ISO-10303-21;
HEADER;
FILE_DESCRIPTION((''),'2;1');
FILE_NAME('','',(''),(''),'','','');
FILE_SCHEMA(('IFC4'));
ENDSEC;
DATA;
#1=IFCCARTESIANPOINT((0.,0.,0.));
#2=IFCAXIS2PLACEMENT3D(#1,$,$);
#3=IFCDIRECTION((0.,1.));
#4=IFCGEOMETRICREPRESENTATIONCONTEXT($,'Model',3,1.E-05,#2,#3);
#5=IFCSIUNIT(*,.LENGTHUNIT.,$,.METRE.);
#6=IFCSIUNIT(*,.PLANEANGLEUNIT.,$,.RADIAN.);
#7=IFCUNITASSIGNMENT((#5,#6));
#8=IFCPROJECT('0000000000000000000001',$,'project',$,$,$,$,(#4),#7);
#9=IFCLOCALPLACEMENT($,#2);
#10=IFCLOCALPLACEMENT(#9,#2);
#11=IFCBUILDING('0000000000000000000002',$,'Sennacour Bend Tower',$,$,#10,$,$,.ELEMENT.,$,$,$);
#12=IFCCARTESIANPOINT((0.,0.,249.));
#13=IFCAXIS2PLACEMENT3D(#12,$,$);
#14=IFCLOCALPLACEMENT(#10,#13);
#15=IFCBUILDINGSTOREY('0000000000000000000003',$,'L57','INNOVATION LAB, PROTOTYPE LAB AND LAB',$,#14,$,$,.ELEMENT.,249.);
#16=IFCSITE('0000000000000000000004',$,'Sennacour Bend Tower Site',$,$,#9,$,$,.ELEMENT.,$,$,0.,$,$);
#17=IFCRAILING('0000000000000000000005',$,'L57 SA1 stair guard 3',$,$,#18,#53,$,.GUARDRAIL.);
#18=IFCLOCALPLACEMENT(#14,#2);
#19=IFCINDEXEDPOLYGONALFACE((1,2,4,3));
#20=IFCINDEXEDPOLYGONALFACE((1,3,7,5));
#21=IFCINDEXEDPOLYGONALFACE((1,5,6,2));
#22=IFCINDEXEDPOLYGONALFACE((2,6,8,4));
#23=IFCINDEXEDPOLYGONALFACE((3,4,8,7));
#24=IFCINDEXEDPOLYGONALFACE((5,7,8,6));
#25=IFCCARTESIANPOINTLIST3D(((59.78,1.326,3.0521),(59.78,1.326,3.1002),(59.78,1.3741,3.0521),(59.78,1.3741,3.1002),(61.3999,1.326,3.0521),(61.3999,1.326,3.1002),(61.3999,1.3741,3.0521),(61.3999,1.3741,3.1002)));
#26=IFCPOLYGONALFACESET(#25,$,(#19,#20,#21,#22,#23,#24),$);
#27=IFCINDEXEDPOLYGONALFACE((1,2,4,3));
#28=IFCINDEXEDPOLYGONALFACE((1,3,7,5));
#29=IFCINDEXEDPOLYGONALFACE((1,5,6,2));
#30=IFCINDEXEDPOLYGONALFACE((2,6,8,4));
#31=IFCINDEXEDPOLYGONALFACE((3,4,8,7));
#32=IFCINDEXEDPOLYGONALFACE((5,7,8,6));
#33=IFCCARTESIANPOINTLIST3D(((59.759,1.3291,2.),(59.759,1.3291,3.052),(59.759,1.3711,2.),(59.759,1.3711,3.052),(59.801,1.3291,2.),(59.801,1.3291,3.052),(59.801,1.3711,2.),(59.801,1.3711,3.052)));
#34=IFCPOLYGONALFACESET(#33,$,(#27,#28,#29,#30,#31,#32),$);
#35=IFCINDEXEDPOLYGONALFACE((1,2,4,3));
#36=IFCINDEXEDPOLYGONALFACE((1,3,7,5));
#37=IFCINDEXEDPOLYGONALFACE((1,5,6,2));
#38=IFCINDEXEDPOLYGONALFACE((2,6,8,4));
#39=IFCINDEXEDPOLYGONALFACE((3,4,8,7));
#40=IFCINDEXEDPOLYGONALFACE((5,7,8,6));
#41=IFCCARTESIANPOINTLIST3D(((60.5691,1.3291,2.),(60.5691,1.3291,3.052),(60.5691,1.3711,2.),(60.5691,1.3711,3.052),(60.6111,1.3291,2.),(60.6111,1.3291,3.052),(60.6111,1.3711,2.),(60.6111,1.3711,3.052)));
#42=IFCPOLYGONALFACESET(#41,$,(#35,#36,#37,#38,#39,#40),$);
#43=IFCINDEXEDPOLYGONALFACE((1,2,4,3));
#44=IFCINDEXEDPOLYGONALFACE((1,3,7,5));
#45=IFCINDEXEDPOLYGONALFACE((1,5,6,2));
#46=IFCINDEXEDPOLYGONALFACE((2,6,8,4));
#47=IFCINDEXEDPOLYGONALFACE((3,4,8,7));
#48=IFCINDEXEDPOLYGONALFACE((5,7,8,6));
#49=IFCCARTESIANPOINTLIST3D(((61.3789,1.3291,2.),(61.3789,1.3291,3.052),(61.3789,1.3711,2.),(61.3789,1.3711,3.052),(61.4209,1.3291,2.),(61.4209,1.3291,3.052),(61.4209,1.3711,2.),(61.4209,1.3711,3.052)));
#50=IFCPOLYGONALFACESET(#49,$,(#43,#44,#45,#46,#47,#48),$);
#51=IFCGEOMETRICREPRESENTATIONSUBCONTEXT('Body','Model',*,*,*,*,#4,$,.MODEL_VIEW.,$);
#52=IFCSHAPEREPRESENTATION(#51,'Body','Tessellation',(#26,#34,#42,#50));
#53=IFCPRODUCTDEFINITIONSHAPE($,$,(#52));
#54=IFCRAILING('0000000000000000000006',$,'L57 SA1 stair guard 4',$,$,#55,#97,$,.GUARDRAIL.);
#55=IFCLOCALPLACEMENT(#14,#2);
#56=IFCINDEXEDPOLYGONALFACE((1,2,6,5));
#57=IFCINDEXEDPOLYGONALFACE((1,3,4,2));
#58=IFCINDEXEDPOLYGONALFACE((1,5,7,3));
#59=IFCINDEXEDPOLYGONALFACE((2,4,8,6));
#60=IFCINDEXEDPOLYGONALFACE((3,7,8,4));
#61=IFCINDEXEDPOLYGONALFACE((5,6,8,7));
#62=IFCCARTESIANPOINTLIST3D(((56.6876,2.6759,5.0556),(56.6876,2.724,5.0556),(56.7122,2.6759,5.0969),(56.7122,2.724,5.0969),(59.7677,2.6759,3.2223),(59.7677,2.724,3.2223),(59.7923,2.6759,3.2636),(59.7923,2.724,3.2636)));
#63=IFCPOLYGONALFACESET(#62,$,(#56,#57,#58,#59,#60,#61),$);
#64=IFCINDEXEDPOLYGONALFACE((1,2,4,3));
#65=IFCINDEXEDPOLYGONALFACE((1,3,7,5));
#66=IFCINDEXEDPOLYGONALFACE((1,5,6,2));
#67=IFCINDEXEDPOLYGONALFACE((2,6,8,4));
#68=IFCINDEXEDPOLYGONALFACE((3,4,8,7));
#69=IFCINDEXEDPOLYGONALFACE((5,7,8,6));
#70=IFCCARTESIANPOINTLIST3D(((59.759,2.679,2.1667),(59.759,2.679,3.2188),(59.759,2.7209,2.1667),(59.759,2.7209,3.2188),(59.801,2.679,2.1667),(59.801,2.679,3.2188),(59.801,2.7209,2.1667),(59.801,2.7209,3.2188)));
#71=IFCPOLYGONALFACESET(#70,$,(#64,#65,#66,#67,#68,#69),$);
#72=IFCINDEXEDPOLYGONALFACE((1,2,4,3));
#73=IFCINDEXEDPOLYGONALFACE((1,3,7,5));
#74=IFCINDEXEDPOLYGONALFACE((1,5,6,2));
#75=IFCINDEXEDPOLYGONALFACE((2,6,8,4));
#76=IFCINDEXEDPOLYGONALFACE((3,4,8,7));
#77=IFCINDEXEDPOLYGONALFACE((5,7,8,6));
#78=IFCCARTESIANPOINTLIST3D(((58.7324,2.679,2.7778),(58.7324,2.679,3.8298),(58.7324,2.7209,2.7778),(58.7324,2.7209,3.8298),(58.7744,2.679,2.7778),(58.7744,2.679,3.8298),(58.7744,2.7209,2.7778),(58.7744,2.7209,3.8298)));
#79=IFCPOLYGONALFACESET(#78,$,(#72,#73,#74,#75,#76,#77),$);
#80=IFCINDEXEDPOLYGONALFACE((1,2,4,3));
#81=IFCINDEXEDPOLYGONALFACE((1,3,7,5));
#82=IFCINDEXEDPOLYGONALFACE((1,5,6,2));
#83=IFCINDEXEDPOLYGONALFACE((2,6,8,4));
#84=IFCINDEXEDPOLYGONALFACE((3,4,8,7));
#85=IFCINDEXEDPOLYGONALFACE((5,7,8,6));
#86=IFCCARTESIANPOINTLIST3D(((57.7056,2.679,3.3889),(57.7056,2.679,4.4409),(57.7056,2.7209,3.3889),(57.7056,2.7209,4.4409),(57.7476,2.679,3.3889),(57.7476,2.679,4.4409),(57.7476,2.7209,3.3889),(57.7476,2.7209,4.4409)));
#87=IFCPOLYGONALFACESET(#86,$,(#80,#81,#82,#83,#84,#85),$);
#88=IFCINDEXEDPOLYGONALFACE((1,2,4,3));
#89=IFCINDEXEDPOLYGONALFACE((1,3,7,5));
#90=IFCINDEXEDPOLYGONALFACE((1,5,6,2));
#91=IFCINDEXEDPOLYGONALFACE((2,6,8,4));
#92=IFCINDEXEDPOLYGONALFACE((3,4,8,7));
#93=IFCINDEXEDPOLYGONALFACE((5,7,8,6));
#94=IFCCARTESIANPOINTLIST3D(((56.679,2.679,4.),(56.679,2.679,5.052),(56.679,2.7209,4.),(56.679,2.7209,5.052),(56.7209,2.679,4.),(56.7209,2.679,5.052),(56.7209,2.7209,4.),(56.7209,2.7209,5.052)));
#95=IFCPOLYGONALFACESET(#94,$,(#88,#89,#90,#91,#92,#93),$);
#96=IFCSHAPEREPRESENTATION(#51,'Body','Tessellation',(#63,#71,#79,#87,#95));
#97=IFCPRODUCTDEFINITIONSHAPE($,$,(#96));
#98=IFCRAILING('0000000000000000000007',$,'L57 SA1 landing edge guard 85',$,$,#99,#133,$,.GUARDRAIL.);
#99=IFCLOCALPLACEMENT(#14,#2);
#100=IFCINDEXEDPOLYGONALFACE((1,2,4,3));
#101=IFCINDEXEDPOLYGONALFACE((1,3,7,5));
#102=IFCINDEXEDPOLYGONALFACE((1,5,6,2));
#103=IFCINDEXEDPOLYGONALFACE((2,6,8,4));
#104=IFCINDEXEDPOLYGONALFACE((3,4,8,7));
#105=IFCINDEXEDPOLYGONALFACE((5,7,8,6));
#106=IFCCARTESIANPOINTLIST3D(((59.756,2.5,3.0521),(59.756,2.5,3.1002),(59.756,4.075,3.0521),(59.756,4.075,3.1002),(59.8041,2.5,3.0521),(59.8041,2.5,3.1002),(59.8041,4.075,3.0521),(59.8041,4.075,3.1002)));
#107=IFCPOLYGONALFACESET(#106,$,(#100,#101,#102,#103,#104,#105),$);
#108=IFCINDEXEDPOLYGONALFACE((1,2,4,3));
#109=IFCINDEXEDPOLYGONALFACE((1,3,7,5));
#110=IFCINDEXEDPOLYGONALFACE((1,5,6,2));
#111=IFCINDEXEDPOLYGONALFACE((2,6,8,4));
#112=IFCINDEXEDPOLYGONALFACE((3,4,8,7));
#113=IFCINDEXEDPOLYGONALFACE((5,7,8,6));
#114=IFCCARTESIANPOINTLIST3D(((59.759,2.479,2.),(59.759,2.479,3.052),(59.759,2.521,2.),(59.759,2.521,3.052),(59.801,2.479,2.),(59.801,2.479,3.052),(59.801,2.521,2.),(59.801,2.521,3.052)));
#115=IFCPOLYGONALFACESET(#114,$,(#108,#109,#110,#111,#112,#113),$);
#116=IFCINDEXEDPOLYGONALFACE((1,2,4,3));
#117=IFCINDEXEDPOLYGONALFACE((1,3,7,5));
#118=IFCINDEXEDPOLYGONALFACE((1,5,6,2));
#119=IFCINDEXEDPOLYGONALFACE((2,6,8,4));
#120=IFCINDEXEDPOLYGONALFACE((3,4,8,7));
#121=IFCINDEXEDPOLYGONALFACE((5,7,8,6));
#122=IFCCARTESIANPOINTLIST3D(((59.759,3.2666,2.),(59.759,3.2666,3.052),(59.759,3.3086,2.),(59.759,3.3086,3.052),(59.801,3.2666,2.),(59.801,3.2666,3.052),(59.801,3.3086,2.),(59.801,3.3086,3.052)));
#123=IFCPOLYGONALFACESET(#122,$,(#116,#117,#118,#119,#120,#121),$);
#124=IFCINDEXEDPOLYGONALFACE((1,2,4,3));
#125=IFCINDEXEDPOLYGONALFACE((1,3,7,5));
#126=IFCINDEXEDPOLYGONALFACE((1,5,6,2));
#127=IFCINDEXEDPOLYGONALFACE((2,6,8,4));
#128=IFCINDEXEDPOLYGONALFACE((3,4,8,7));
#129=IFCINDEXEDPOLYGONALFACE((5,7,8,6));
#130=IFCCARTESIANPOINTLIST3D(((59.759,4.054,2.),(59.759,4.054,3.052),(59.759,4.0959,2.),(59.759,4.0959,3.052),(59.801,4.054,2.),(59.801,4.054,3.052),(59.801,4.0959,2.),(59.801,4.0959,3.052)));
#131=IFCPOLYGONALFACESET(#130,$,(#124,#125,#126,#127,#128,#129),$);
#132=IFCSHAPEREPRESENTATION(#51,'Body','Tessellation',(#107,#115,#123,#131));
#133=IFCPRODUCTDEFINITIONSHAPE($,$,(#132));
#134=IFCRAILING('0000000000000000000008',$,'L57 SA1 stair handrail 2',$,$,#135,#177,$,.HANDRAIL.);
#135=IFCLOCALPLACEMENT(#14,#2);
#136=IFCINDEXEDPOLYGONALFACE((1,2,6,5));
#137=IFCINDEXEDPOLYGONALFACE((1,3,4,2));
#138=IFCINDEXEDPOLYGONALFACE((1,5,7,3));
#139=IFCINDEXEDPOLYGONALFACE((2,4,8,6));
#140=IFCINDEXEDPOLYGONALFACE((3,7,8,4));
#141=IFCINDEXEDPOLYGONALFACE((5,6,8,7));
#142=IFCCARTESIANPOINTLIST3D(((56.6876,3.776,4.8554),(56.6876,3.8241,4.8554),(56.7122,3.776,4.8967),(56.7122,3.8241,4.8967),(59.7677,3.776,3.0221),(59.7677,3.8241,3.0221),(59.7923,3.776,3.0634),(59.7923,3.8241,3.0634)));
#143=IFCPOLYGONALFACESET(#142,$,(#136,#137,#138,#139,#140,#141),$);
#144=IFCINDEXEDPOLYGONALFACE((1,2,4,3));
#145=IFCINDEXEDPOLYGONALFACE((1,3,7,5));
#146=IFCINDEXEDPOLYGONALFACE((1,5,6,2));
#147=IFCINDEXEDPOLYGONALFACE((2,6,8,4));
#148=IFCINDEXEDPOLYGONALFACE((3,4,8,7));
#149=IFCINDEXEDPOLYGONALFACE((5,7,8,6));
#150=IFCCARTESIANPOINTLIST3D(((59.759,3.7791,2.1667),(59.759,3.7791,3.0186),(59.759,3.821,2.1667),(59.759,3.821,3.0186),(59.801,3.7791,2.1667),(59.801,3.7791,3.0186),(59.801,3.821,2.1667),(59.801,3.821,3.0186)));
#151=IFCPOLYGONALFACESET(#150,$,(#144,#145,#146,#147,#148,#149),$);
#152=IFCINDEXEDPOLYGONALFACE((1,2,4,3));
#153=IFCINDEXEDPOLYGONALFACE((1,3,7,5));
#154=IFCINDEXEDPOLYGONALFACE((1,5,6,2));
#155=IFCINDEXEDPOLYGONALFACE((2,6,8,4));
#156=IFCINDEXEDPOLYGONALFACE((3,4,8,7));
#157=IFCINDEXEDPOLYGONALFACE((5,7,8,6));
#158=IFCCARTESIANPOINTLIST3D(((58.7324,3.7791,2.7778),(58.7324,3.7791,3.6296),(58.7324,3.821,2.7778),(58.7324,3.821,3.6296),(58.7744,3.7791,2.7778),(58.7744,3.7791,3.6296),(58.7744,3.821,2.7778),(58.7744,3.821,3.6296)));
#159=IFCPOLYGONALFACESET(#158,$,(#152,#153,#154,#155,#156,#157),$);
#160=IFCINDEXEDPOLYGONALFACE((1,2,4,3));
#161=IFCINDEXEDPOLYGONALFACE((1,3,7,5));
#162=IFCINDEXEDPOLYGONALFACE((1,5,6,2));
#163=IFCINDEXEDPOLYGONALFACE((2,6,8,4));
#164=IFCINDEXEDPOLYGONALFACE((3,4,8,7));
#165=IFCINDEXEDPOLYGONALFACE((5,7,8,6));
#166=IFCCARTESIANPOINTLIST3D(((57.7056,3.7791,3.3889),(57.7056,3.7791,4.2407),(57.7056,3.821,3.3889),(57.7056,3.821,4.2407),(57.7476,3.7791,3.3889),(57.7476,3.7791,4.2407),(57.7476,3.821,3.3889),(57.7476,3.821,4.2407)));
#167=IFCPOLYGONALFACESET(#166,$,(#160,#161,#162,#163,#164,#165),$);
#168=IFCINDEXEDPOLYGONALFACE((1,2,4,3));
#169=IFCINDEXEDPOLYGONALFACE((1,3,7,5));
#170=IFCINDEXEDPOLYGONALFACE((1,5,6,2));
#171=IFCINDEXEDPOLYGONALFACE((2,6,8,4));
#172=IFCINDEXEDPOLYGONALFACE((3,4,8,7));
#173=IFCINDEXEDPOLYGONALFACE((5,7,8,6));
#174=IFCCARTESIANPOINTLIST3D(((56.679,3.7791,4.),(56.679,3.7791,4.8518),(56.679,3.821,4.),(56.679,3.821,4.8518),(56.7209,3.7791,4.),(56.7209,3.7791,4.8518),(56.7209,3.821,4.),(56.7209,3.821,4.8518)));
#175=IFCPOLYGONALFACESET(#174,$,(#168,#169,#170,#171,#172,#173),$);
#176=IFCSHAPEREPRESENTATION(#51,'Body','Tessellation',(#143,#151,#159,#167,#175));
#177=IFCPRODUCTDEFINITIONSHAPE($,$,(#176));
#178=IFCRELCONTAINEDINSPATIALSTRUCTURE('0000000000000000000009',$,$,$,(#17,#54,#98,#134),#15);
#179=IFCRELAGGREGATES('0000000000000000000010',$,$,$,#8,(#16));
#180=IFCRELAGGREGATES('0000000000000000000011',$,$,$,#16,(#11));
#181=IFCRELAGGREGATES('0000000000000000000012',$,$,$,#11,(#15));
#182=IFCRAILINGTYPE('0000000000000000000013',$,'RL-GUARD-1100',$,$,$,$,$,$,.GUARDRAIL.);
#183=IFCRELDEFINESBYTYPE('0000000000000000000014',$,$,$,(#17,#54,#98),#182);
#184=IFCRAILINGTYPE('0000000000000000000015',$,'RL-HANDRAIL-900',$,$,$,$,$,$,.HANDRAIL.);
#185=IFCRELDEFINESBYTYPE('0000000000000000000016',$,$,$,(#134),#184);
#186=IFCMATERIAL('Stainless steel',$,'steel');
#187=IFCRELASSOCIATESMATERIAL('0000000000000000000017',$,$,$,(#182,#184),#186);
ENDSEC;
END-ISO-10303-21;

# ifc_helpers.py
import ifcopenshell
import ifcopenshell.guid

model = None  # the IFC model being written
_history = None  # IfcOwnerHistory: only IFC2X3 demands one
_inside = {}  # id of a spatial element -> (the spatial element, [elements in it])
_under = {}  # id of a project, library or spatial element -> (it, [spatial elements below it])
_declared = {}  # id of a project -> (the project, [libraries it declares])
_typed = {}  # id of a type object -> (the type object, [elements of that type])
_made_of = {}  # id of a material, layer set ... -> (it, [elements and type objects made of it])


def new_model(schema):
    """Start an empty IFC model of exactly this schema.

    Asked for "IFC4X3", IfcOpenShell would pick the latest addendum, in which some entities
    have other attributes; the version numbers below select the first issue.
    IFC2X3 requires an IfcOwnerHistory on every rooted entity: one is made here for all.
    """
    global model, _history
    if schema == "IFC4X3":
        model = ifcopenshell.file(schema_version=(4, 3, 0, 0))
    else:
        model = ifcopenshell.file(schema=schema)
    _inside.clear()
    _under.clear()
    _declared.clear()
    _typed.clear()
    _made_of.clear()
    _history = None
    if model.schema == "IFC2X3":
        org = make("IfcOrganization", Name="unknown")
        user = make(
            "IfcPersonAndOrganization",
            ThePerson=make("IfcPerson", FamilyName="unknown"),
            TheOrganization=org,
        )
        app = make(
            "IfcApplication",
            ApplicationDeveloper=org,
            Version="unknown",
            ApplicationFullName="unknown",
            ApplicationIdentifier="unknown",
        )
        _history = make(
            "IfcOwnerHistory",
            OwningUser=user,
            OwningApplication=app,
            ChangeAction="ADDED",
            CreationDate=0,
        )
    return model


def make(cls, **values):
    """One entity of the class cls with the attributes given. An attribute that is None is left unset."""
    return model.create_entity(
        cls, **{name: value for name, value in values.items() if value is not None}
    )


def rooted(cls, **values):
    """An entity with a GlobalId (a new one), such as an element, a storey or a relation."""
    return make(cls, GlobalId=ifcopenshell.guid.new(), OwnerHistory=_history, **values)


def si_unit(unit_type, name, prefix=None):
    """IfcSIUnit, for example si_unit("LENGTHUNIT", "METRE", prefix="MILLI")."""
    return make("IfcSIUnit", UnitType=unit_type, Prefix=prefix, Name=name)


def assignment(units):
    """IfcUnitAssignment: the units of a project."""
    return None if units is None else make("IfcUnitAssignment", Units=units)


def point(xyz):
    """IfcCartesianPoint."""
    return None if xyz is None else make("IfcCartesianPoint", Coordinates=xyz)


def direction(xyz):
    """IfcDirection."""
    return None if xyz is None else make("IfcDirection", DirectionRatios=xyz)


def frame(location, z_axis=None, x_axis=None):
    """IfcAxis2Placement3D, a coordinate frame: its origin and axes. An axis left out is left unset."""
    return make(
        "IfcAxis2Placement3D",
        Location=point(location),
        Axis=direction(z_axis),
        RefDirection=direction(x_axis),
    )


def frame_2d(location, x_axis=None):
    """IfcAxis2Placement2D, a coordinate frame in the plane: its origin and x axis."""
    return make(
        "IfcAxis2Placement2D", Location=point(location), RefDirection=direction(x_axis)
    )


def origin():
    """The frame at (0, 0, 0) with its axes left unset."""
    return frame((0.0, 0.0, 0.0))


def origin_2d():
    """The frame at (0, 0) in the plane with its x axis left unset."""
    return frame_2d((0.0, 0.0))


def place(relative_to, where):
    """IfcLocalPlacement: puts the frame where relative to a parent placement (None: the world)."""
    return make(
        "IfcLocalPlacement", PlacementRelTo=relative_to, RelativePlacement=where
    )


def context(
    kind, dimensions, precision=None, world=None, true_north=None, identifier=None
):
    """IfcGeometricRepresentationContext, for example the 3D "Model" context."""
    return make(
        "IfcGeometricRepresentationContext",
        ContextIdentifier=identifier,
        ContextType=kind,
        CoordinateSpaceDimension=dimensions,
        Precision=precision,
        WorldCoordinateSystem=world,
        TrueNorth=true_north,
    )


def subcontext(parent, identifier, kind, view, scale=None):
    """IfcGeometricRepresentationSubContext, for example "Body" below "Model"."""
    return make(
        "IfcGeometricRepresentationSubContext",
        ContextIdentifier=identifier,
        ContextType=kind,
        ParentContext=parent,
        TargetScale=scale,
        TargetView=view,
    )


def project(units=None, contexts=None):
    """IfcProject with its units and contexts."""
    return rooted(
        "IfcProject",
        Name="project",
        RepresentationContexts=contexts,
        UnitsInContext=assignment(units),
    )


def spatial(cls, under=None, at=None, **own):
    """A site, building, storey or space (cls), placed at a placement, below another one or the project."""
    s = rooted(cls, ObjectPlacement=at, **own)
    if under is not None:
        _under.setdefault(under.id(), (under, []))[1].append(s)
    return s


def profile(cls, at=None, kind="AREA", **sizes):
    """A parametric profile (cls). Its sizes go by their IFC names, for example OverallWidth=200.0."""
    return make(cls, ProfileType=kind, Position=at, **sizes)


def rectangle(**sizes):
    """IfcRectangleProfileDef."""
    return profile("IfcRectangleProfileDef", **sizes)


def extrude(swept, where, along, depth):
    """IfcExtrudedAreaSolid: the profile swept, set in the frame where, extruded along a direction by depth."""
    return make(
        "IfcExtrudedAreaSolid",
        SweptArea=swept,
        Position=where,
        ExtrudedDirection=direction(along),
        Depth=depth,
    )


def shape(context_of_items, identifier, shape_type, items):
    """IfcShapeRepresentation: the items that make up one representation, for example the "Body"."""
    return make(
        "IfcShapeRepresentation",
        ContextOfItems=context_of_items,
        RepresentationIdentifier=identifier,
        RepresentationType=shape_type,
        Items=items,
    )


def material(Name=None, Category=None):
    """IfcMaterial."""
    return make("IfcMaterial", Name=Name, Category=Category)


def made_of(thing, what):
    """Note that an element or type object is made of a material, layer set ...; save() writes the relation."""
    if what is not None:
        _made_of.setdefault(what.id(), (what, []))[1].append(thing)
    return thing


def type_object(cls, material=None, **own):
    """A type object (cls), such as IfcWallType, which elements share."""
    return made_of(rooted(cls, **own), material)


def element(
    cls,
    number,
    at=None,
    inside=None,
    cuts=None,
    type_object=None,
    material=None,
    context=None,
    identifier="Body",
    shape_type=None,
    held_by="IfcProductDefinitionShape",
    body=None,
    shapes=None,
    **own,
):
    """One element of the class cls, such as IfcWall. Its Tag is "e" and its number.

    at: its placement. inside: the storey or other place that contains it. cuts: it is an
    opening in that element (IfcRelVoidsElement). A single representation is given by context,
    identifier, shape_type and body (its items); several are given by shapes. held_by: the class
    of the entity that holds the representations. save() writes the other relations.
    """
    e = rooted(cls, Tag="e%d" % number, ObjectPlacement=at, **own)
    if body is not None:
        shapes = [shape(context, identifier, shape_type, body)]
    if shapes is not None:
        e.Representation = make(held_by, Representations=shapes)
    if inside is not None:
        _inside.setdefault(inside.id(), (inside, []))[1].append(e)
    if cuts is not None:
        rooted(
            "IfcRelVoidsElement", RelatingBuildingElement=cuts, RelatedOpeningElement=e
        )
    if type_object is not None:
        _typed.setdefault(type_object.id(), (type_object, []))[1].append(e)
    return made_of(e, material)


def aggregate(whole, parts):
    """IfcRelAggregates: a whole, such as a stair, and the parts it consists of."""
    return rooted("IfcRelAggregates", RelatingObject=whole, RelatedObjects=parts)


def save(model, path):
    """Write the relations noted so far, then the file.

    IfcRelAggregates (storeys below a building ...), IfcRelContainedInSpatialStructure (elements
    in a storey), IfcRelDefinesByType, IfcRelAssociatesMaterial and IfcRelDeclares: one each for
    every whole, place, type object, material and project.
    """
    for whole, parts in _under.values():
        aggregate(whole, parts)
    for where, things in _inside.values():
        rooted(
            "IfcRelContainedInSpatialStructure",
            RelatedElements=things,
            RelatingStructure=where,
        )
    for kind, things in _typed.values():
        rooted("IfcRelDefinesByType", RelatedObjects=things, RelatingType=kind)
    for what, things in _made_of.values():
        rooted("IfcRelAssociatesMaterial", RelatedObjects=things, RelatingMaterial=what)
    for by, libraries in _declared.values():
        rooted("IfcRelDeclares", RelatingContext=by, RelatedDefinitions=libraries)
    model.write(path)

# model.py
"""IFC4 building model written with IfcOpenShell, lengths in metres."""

from ifc_helpers import new_model, si_unit, direction, frame, origin, origin_2d, place, context, subcontext, project, spatial, rectangle, extrude, material, type_object, element, save


model = new_model("IFC4")

# Units and contexts
model_context = context("Model", 3, precision=1e-05, world=origin(), true_north=direction((0.0, 1.0)))
body_context = subcontext(model_context, "Body", "Model", "MODEL_VIEW")
ifc_project = project(units=[si_unit("LENGTHUNIT", "METRE"), si_unit("PLANEANGLEUNIT", "RADIAN")], contexts=[model_context])

# Site, building, storey
site_placement = place(None, origin())
site = spatial("IfcSite", under=ifc_project, at=site_placement, Name="Sennacour Bend Tower Site", CompositionType="ELEMENT", RefElevation=0.0)
building_placement = place(site_placement, origin())
building = spatial("IfcBuilding", under=site, at=building_placement, Name="Sennacour Bend Tower", CompositionType="ELEMENT")
storey_placement = place(building_placement, frame((0.0, 0.0, 249.0)))
storey = spatial("IfcBuildingStorey", under=building, at=storey_placement, Name="L57", Description="INNOVATION LAB, PROTOTYPE LAB AND LAB", CompositionType="ELEMENT", Elevation=249.0)

# Shared definitions
ifc_material_1 = material(Name="Stainless steel", Category="steel")

# Railings
railing_type_1 = type_object("IfcRailingType", Name="RL-GUARD-1100", PredefinedType="GUARDRAIL", material=ifc_material_1)
railing_1_placement = place(storey_placement, frame((59.78, 1.3501, 2.0)))
element("IfcRailing", 1, at=railing_1_placement, inside=storey, type_object=railing_type_1, Name="L57 SA1 stair guard 3", PredefinedType="GUARDRAIL", context=body_context, shape_type="SweptSolid", body=[
    extrude(rectangle(XDim=0.0481, YDim=0.0481, at=origin_2d()), frame((0.0, 0.0, 1.0762), z_axis=(1.0, 0.0, 0.0), x_axis=(0.0, 1.0, 0.0)), (0.0, 0.0, 1.0), 1.6199),
    extrude(rectangle(XDim=0.042, YDim=0.042, at=origin_2d()), origin(), (0.0, 0.0, 1.0), 1.052),
    extrude(rectangle(XDim=0.042, YDim=0.042, at=origin_2d()), frame((0.8101, 0.0, 0.0)), (0.0, 0.0, 1.0), 1.052),
    extrude(rectangle(XDim=0.042, YDim=0.042, at=origin_2d()), frame((1.6199, 0.0, 0.0)), (0.0, 0.0, 1.0), 1.052),
])
railing_2_placement = place(storey_placement, frame((59.78, 2.7, 2.1667)))
element("IfcRailing", 2, at=railing_2_placement, inside=storey, type_object=railing_type_1, Name="L57 SA1 stair guard 4", PredefinedType="GUARDRAIL", context=body_context, shape_type="SweptSolid", body=[
    extrude(rectangle(XDim=0.0481, YDim=0.0481, at=origin_2d()), frame((0.0, 0.0, 1.0762), z_axis=(-0.859309, 0.0, 0.511458), x_axis=(0.0, -1.0, 0.0)), (0.0, 0.0, 1.0), 3.5845),
    extrude(rectangle(XDim=0.042, YDim=0.042, at=origin_2d()), origin(), (0.0, 0.0, 1.0), 1.052),
    extrude(rectangle(XDim=0.042, YDim=0.042, at=origin_2d()), frame((-1.0266, 0.0, 0.6111)), (0.0, 0.0, 1.0), 1.052),
    extrude(rectangle(XDim=0.042, YDim=0.042, at=origin_2d()), frame((-2.0535, 0.0, 1.2222)), (0.0, 0.0, 1.0), 1.052),
    extrude(rectangle(XDim=0.042, YDim=0.042, at=origin_2d()), frame((-3.0801, 0.0, 1.8333)), (0.0, 0.0, 1.0), 1.052),
])
railing_3_placement = place(storey_placement, frame((59.78, 2.5, 2.0)))
element("IfcRailing", 3, at=railing_3_placement, inside=storey, type_object=railing_type_1, Name="L57 SA1 landing edge guard 85", PredefinedType="GUARDRAIL", context=body_context, shape_type="SweptSolid", body=[
    extrude(rectangle(XDim=0.0481, YDim=0.0481, at=origin_2d()), frame((0.0, 0.0, 1.0762), z_axis=(0.0, 1.0, 0.0), x_axis=(-1.0, 0.0, 0.0)), (0.0, 0.0, 1.0), 1.575),
    extrude(rectangle(XDim=0.042, YDim=0.042, at=origin_2d()), origin(), (0.0, 0.0, 1.0), 1.052),
    extrude(rectangle(XDim=0.042, YDim=0.042, at=origin_2d()), frame((0.0, 0.7876, 0.0)), (0.0, 0.0, 1.0), 1.052),
    extrude(rectangle(XDim=0.042, YDim=0.042, at=origin_2d()), frame((0.0, 1.575, 0.0)), (0.0, 0.0, 1.0), 1.052),
])
railing_type_2 = type_object("IfcRailingType", Name="RL-HANDRAIL-900", PredefinedType="HANDRAIL", material=ifc_material_1)
railing_4_placement = place(storey_placement, frame((59.78, 3.8, 2.1667)))
element("IfcRailing", 4, at=railing_4_placement, inside=storey, type_object=railing_type_2, Name="L57 SA1 stair handrail 2", PredefinedType="HANDRAIL", context=body_context, shape_type="SweptSolid", body=[
    extrude(rectangle(XDim=0.0481, YDim=0.0481, at=origin_2d()), frame((0.0, 0.0, 0.876), z_axis=(-0.859309, 0.0, 0.511458), x_axis=(0.0, -1.0, 0.0)), (0.0, 0.0, 1.0), 3.5845),
    extrude(rectangle(XDim=0.042, YDim=0.042, at=origin_2d()), origin(), (0.0, 0.0, 1.0), 0.8518),
    extrude(rectangle(XDim=0.042, YDim=0.042, at=origin_2d()), frame((-1.0266, 0.0, 0.6111)), (0.0, 0.0, 1.0), 0.8518),
    extrude(rectangle(XDim=0.042, YDim=0.042, at=origin_2d()), frame((-2.0535, 0.0, 1.2222)), (0.0, 0.0, 1.0), 0.8518),
    extrude(rectangle(XDim=0.042, YDim=0.042, at=origin_2d()), frame((-3.0801, 0.0, 1.8333)), (0.0, 0.0, 1.0), 0.8518),
])

save(model, "model.ifc")
